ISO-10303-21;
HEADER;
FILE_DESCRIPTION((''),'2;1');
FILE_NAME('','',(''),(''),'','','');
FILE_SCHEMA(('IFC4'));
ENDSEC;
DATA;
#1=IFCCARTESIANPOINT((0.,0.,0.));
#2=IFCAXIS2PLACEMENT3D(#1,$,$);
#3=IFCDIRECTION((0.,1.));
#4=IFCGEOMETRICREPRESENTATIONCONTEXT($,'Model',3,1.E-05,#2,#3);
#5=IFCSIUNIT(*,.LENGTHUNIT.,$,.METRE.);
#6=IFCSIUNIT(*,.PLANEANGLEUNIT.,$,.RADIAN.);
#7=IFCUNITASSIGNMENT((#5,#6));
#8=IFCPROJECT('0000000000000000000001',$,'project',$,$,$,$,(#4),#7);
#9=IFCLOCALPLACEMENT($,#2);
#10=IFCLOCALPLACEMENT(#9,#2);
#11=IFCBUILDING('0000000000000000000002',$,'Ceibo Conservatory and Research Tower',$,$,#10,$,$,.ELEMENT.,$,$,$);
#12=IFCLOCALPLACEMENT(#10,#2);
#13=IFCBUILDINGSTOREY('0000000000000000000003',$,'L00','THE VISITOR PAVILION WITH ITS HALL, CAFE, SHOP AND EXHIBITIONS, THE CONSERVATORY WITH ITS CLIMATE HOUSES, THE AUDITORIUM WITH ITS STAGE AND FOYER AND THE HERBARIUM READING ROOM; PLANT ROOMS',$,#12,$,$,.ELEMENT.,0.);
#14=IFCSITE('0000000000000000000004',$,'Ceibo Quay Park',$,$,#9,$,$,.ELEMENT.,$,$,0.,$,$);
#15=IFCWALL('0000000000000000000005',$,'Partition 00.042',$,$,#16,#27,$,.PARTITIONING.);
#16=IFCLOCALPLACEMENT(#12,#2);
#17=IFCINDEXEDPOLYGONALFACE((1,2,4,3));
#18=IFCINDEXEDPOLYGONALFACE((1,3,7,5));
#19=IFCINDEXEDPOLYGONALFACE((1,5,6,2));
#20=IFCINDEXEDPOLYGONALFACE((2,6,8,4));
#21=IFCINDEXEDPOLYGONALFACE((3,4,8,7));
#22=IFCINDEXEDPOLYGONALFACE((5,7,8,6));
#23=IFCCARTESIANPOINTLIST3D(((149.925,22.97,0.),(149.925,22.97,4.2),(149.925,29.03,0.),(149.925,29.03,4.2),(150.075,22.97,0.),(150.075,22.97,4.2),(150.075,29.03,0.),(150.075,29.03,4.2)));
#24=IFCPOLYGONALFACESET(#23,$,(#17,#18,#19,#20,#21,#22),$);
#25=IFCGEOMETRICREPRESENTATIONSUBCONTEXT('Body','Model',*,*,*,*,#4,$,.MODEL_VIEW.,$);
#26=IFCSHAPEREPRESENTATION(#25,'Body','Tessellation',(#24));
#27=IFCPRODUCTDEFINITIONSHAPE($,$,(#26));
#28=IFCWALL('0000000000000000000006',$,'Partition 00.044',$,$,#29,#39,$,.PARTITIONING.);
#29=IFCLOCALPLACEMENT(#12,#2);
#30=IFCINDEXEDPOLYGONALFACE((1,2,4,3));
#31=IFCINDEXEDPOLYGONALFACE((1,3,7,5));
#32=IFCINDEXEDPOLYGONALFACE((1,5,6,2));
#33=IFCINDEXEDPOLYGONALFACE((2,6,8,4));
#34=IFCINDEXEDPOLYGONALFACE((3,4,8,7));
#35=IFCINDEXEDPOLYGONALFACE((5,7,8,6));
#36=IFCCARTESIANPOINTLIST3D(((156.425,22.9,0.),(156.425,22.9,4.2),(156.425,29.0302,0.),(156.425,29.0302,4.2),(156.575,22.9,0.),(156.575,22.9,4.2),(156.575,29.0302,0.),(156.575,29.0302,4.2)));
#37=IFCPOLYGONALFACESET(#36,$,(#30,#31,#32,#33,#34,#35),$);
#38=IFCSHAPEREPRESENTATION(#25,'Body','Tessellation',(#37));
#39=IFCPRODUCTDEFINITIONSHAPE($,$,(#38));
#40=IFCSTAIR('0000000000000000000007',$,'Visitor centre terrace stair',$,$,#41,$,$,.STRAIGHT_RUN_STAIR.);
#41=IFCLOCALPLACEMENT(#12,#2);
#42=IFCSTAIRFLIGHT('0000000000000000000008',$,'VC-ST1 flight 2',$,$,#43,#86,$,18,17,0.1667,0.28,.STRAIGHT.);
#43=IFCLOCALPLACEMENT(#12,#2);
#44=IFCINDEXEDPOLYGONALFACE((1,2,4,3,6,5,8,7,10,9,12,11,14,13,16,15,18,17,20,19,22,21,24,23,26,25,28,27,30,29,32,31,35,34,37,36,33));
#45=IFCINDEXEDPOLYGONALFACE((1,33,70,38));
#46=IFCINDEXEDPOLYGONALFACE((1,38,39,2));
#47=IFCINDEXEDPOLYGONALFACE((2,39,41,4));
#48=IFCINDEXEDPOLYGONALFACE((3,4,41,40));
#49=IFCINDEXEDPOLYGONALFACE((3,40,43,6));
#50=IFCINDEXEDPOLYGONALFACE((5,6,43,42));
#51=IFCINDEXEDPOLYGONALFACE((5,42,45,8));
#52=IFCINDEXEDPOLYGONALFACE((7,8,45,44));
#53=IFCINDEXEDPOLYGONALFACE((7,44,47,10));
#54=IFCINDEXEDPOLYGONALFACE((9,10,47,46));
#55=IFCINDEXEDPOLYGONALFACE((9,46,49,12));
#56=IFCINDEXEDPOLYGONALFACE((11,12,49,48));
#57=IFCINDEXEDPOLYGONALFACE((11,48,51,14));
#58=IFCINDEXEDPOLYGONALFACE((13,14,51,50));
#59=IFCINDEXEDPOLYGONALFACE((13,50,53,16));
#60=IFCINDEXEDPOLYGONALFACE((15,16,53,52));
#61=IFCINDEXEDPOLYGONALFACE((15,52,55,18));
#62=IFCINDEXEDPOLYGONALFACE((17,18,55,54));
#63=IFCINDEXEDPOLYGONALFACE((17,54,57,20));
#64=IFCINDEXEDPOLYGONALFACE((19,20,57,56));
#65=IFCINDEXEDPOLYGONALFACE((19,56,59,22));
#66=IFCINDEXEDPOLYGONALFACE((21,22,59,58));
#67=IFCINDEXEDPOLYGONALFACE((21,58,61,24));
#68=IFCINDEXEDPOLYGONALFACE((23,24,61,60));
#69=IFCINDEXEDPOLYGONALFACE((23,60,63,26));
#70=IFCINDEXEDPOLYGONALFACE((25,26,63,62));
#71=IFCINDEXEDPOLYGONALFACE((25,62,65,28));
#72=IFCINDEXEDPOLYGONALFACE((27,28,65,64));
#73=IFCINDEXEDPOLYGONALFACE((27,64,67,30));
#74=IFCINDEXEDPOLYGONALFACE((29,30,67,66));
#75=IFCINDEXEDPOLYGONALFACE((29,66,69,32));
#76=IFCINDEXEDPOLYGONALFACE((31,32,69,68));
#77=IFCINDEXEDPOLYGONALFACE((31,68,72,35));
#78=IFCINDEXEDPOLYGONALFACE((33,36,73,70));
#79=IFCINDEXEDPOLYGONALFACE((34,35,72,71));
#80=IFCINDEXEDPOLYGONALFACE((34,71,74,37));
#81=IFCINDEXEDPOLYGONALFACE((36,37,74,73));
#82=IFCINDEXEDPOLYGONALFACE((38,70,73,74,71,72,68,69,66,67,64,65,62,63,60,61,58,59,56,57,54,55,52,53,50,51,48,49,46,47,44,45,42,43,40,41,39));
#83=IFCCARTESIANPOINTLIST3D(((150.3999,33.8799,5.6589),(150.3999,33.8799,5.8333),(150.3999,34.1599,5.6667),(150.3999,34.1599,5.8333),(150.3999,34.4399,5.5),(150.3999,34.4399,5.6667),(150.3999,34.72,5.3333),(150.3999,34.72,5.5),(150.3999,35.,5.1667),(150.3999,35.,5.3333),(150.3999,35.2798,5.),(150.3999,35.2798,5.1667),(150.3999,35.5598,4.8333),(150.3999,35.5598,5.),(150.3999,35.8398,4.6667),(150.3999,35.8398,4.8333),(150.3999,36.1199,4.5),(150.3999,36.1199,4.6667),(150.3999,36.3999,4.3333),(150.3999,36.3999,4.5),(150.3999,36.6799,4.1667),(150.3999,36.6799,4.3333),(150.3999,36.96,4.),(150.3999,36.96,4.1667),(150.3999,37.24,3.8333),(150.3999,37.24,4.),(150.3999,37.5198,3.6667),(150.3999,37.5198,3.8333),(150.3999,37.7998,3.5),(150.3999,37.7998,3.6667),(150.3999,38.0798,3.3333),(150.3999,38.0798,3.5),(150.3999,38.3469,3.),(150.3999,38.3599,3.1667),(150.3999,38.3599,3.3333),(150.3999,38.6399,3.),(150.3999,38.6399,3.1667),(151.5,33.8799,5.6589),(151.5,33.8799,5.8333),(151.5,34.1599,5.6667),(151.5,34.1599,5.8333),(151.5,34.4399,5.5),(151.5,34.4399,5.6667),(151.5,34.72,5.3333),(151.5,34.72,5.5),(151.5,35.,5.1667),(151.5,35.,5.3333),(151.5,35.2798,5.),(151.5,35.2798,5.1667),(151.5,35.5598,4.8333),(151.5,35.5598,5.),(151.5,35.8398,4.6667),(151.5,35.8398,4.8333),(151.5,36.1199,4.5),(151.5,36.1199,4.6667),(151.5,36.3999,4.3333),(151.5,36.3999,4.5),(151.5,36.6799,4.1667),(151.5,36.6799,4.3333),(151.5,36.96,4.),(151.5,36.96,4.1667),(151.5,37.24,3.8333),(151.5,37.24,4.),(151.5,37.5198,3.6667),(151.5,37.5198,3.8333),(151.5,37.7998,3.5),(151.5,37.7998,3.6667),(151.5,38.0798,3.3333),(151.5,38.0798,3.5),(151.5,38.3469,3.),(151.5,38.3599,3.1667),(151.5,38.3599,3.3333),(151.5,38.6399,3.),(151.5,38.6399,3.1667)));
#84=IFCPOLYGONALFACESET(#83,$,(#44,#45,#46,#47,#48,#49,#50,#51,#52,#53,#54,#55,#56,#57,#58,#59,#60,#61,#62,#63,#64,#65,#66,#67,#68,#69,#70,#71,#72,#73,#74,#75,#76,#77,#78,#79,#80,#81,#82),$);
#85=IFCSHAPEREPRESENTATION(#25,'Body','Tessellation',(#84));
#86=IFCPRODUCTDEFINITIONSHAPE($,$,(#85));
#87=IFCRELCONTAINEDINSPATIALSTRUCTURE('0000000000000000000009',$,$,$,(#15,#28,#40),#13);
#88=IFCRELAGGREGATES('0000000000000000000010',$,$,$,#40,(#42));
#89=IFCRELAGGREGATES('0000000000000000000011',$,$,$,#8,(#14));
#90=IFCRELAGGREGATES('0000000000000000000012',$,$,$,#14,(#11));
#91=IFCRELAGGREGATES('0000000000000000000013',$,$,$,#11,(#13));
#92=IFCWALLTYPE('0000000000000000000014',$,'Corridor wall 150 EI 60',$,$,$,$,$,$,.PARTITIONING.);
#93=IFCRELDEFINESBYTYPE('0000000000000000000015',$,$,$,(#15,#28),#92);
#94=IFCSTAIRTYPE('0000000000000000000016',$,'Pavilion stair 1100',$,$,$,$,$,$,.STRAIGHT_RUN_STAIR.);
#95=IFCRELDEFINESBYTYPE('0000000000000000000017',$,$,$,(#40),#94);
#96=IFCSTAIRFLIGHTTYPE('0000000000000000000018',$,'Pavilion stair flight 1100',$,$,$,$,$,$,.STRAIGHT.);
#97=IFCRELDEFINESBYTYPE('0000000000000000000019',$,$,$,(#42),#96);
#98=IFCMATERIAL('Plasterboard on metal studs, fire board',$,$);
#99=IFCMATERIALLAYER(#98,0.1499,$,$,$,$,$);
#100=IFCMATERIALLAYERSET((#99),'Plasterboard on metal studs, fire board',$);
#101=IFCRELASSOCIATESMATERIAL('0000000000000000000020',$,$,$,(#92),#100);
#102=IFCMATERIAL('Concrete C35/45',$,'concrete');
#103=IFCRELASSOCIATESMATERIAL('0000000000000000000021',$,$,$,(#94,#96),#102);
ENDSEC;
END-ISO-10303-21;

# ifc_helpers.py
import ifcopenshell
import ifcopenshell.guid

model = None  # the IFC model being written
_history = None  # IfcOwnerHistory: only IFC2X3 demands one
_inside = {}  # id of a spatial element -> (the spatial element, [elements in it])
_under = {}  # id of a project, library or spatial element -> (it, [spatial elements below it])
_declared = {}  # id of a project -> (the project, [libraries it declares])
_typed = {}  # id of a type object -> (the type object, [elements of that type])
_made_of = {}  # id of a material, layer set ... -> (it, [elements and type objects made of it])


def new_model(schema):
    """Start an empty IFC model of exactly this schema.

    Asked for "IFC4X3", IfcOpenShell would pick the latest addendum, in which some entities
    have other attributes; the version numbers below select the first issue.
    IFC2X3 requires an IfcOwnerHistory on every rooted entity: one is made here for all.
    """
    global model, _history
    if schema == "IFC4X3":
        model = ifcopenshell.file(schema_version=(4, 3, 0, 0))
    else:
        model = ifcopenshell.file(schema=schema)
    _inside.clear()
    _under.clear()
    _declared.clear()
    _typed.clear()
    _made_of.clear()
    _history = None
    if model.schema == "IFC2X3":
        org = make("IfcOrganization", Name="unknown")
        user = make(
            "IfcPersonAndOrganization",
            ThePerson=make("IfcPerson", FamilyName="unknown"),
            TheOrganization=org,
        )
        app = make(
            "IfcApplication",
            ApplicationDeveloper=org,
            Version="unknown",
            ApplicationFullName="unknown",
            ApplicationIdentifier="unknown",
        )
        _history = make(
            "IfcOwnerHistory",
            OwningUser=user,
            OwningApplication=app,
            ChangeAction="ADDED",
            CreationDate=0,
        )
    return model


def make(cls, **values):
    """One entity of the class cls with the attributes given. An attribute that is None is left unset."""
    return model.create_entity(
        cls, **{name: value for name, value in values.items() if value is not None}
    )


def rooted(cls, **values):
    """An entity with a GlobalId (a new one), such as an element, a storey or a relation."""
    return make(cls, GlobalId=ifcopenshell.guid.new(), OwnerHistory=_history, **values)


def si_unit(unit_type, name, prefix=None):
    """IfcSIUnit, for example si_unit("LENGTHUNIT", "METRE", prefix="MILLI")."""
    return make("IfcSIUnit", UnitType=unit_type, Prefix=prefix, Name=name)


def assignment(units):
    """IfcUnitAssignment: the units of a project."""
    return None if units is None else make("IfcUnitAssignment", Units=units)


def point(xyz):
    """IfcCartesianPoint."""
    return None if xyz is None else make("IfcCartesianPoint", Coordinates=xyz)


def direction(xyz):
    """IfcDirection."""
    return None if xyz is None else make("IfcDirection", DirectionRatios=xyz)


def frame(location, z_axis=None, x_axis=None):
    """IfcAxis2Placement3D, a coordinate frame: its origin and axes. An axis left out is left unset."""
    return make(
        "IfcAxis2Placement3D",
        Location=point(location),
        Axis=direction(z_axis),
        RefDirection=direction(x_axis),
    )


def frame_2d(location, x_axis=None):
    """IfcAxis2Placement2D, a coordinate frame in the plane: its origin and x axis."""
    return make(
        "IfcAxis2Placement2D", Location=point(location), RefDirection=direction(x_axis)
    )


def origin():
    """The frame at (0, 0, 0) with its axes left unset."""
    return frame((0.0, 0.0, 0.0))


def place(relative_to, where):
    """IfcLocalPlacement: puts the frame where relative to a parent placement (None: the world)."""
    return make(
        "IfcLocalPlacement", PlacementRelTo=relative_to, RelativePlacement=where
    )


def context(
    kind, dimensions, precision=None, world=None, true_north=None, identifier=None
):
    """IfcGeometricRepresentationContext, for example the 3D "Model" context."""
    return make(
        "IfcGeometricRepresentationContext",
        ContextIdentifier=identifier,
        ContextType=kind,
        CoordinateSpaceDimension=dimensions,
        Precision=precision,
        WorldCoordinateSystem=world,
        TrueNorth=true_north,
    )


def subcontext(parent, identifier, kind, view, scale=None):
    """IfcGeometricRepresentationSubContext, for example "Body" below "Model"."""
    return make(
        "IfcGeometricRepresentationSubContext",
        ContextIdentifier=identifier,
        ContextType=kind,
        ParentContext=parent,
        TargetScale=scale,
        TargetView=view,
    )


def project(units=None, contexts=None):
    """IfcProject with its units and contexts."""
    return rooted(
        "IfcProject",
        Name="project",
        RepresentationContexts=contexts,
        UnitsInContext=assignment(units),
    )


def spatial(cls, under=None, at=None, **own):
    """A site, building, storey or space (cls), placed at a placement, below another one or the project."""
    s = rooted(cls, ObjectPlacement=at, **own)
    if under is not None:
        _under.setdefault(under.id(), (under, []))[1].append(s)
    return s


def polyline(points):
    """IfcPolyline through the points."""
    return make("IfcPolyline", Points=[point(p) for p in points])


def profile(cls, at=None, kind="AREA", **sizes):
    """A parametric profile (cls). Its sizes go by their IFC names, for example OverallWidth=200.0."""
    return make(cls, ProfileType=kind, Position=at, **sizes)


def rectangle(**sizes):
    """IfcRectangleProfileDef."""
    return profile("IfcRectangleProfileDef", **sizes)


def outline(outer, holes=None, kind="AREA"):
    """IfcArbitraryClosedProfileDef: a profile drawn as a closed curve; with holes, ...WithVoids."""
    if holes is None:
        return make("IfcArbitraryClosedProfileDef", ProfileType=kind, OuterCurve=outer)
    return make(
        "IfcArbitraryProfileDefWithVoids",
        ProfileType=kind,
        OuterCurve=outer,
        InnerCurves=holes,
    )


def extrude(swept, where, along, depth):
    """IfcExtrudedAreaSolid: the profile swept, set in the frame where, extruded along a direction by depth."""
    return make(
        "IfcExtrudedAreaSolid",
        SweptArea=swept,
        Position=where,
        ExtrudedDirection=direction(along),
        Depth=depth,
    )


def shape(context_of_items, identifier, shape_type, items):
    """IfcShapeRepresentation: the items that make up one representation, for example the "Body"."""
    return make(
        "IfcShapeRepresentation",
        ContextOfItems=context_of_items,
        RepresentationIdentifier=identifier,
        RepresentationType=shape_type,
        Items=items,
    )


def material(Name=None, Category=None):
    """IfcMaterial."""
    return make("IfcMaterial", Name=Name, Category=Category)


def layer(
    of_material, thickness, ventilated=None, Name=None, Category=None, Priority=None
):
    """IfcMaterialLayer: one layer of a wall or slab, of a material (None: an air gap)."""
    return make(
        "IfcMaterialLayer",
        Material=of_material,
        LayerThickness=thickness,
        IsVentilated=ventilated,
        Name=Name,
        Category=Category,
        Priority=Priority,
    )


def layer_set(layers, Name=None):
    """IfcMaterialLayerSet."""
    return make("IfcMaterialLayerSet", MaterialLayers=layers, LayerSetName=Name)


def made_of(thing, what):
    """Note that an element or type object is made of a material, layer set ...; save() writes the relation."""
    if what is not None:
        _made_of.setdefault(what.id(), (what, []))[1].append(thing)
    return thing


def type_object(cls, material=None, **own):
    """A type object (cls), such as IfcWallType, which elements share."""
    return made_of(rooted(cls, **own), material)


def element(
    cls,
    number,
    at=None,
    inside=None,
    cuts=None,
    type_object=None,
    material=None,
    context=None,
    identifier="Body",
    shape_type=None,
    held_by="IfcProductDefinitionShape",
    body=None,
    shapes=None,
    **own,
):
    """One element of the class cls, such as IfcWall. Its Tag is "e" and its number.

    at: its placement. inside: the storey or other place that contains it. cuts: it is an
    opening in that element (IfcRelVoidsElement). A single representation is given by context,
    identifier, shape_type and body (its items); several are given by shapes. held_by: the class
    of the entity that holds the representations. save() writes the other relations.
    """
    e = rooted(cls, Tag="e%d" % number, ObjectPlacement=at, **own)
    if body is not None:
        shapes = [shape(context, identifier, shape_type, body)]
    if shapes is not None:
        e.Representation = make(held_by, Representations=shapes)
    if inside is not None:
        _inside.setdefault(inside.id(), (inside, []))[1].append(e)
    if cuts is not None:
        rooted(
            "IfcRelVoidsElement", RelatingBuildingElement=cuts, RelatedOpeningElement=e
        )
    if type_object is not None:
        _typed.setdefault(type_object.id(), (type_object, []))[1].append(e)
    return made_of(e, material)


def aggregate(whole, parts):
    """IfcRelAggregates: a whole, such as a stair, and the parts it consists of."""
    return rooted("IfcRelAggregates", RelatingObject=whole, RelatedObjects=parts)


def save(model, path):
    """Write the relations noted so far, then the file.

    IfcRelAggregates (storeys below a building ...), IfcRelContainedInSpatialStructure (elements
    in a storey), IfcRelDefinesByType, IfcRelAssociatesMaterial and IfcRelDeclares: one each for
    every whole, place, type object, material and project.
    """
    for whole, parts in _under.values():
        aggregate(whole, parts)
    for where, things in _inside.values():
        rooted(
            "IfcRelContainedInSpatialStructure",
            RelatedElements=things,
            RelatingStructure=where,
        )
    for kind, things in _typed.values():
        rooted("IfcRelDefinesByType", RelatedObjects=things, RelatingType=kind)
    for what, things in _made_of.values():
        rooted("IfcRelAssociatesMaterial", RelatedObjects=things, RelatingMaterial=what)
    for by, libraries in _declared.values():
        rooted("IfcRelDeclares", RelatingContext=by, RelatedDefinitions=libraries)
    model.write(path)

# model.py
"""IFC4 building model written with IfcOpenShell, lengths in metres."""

from ifc_helpers import new_model, si_unit, direction, frame, frame_2d, origin, place, context, subcontext, project, spatial, polyline, rectangle, outline, extrude, material, layer, layer_set, type_object, element, aggregate, save


model = new_model("IFC4")

# Units and contexts
model_context = context("Model", 3, precision=1e-05, world=origin(), true_north=direction((0.0, 1.0)))
body_context = subcontext(model_context, "Body", "Model", "MODEL_VIEW")
ifc_project = project(units=[si_unit("LENGTHUNIT", "METRE"), si_unit("PLANEANGLEUNIT", "RADIAN")], contexts=[model_context])

# Site, building, storey
site_placement = place(None, origin())
site = spatial("IfcSite", under=ifc_project, at=site_placement, Name="Ceibo Quay Park", CompositionType="ELEMENT", RefElevation=0.0)
building_placement = place(site_placement, origin())
building = spatial("IfcBuilding", under=site, at=building_placement, Name="Ceibo Conservatory and Research Tower", CompositionType="ELEMENT")
storey_placement = place(building_placement, origin())
storey = spatial("IfcBuildingStorey", under=building, at=storey_placement, Name="L00", Description="THE VISITOR PAVILION WITH ITS HALL, CAFE, SHOP AND EXHIBITIONS, THE CONSERVATORY WITH ITS CLIMATE HOUSES, THE AUDITORIUM WITH ITS STAGE AND FOYER AND THE HERBARIUM READING ROOM; PLANT ROOMS", CompositionType="ELEMENT", Elevation=0.0)

# Shared definitions
ifc_material_1 = material(Name="Concrete C35/45", Category="concrete")

# Shared definitions
ifc_material_2 = material(Name="Plasterboard on metal studs, fire board")
ifc_layer_1 = layer(ifc_material_2, 0.1499)
ifc_layer_set_1 = layer_set([ifc_layer_1], Name="Plasterboard on metal studs, fire board")
wall_type_1 = type_object("IfcWallType", Name="Corridor wall 150 EI 60", PredefinedType="PARTITIONING", material=ifc_layer_set_1)

# Walls
wall_1_placement = place(storey_placement, frame((150.0, 29.03, 0.0), z_axis=(0.0, 0.0, 1.0), x_axis=(0.0, -1.0, 0.0)))
element("IfcWall", 1, at=wall_1_placement, inside=storey, type_object=wall_type_1, Name="Partition 00.042", PredefinedType="PARTITIONING", context=body_context, shape_type="SweptSolid", body=[
    extrude(rectangle(XDim=6.0601, YDim=0.1499, at=frame_2d((3.03, 0.0))), origin(), (0.0, 0.0, 1.0), 4.2),
])
wall_2_placement = place(storey_placement, frame((156.5, 29.03, 0.0), z_axis=(0.0, 0.0, 1.0), x_axis=(0.0, -1.0, 0.0)))
element("IfcWall", 2, at=wall_2_placement, inside=storey, type_object=wall_type_1, Name="Partition 00.044", PredefinedType="PARTITIONING", context=body_context, shape_type="SweptSolid", body=[
    extrude(rectangle(XDim=6.1301, YDim=0.1499, at=frame_2d((3.0649, 0.0))), origin(), (0.0, 0.0, 1.0), 4.2),
])

# Stair, stair flight
stair_type = type_object("IfcStairType", Name="Pavilion stair 1100", PredefinedType="STRAIGHT_RUN_STAIR", material=ifc_material_1)
stair_placement = place(storey_placement, origin())
stair = element("IfcStair", 3, at=stair_placement, inside=storey, type_object=stair_type, Name="Visitor centre terrace stair", PredefinedType="STRAIGHT_RUN_STAIR")
stair_flight_type = type_object("IfcStairFlightType", Name="Pavilion stair flight 1100", PredefinedType="STRAIGHT", material=ifc_material_1)
stair_flight_placement = place(storey_placement, frame((150.95, 38.6399, 3.0), z_axis=(0.0, 0.0, 1.0), x_axis=(0.0, -1.0, 0.0)))
stair_flight = element("IfcStairFlight", 4, at=stair_flight_placement, type_object=stair_flight_type, Name="VC-ST1 flight 2", NumberOfRisers=18, NumberOfTreads=17, PredefinedType="STRAIGHT", RiserHeight=0.1667, TreadLength=0.28, context=body_context, shape_type="SweptSolid", body=[
    extrude(outline(polyline([(0.0, 0.0), (0.0, 0.1667), (0.28, 0.1667), (0.28, 0.3333), (0.5601, 0.3333), (0.5601, 0.5), (0.8401, 0.5), (0.8401, 0.6667), (1.1201, 0.6667), (1.1201, 0.8333), (1.3999, 0.8333), (1.3999, 1.0), (1.6799, 1.0), (1.6799, 1.1667), (1.96, 1.1667), (1.96, 1.3333), (2.24, 1.3333), (2.24, 1.5), (2.52, 1.5), (2.52, 1.6667), (2.8, 1.6667), (2.8, 1.8333), (3.0801, 1.8333), (3.0801, 2.0), (3.3601, 2.0), (3.3601, 2.1667), (3.6399, 2.1667), (3.6399, 2.3333), (3.9199, 2.3333), (3.9199, 2.5), (4.2, 2.5), (4.2, 2.6667), (4.48, 2.6667), (4.48, 2.8333), (4.76, 2.8333), (4.76, 3.0), (4.76, 2.6589), (0.293, 0.0), (0.0, 0.0)])), frame((0.0, 0.55, 0.0), z_axis=(0.0, -1.0, 0.0), x_axis=(1.0, 0.0, 0.0)), (0.0, 0.0, 1.0), 1.1001),
])
aggregate(stair, [stair_flight])

save(model, "model.ifc")
